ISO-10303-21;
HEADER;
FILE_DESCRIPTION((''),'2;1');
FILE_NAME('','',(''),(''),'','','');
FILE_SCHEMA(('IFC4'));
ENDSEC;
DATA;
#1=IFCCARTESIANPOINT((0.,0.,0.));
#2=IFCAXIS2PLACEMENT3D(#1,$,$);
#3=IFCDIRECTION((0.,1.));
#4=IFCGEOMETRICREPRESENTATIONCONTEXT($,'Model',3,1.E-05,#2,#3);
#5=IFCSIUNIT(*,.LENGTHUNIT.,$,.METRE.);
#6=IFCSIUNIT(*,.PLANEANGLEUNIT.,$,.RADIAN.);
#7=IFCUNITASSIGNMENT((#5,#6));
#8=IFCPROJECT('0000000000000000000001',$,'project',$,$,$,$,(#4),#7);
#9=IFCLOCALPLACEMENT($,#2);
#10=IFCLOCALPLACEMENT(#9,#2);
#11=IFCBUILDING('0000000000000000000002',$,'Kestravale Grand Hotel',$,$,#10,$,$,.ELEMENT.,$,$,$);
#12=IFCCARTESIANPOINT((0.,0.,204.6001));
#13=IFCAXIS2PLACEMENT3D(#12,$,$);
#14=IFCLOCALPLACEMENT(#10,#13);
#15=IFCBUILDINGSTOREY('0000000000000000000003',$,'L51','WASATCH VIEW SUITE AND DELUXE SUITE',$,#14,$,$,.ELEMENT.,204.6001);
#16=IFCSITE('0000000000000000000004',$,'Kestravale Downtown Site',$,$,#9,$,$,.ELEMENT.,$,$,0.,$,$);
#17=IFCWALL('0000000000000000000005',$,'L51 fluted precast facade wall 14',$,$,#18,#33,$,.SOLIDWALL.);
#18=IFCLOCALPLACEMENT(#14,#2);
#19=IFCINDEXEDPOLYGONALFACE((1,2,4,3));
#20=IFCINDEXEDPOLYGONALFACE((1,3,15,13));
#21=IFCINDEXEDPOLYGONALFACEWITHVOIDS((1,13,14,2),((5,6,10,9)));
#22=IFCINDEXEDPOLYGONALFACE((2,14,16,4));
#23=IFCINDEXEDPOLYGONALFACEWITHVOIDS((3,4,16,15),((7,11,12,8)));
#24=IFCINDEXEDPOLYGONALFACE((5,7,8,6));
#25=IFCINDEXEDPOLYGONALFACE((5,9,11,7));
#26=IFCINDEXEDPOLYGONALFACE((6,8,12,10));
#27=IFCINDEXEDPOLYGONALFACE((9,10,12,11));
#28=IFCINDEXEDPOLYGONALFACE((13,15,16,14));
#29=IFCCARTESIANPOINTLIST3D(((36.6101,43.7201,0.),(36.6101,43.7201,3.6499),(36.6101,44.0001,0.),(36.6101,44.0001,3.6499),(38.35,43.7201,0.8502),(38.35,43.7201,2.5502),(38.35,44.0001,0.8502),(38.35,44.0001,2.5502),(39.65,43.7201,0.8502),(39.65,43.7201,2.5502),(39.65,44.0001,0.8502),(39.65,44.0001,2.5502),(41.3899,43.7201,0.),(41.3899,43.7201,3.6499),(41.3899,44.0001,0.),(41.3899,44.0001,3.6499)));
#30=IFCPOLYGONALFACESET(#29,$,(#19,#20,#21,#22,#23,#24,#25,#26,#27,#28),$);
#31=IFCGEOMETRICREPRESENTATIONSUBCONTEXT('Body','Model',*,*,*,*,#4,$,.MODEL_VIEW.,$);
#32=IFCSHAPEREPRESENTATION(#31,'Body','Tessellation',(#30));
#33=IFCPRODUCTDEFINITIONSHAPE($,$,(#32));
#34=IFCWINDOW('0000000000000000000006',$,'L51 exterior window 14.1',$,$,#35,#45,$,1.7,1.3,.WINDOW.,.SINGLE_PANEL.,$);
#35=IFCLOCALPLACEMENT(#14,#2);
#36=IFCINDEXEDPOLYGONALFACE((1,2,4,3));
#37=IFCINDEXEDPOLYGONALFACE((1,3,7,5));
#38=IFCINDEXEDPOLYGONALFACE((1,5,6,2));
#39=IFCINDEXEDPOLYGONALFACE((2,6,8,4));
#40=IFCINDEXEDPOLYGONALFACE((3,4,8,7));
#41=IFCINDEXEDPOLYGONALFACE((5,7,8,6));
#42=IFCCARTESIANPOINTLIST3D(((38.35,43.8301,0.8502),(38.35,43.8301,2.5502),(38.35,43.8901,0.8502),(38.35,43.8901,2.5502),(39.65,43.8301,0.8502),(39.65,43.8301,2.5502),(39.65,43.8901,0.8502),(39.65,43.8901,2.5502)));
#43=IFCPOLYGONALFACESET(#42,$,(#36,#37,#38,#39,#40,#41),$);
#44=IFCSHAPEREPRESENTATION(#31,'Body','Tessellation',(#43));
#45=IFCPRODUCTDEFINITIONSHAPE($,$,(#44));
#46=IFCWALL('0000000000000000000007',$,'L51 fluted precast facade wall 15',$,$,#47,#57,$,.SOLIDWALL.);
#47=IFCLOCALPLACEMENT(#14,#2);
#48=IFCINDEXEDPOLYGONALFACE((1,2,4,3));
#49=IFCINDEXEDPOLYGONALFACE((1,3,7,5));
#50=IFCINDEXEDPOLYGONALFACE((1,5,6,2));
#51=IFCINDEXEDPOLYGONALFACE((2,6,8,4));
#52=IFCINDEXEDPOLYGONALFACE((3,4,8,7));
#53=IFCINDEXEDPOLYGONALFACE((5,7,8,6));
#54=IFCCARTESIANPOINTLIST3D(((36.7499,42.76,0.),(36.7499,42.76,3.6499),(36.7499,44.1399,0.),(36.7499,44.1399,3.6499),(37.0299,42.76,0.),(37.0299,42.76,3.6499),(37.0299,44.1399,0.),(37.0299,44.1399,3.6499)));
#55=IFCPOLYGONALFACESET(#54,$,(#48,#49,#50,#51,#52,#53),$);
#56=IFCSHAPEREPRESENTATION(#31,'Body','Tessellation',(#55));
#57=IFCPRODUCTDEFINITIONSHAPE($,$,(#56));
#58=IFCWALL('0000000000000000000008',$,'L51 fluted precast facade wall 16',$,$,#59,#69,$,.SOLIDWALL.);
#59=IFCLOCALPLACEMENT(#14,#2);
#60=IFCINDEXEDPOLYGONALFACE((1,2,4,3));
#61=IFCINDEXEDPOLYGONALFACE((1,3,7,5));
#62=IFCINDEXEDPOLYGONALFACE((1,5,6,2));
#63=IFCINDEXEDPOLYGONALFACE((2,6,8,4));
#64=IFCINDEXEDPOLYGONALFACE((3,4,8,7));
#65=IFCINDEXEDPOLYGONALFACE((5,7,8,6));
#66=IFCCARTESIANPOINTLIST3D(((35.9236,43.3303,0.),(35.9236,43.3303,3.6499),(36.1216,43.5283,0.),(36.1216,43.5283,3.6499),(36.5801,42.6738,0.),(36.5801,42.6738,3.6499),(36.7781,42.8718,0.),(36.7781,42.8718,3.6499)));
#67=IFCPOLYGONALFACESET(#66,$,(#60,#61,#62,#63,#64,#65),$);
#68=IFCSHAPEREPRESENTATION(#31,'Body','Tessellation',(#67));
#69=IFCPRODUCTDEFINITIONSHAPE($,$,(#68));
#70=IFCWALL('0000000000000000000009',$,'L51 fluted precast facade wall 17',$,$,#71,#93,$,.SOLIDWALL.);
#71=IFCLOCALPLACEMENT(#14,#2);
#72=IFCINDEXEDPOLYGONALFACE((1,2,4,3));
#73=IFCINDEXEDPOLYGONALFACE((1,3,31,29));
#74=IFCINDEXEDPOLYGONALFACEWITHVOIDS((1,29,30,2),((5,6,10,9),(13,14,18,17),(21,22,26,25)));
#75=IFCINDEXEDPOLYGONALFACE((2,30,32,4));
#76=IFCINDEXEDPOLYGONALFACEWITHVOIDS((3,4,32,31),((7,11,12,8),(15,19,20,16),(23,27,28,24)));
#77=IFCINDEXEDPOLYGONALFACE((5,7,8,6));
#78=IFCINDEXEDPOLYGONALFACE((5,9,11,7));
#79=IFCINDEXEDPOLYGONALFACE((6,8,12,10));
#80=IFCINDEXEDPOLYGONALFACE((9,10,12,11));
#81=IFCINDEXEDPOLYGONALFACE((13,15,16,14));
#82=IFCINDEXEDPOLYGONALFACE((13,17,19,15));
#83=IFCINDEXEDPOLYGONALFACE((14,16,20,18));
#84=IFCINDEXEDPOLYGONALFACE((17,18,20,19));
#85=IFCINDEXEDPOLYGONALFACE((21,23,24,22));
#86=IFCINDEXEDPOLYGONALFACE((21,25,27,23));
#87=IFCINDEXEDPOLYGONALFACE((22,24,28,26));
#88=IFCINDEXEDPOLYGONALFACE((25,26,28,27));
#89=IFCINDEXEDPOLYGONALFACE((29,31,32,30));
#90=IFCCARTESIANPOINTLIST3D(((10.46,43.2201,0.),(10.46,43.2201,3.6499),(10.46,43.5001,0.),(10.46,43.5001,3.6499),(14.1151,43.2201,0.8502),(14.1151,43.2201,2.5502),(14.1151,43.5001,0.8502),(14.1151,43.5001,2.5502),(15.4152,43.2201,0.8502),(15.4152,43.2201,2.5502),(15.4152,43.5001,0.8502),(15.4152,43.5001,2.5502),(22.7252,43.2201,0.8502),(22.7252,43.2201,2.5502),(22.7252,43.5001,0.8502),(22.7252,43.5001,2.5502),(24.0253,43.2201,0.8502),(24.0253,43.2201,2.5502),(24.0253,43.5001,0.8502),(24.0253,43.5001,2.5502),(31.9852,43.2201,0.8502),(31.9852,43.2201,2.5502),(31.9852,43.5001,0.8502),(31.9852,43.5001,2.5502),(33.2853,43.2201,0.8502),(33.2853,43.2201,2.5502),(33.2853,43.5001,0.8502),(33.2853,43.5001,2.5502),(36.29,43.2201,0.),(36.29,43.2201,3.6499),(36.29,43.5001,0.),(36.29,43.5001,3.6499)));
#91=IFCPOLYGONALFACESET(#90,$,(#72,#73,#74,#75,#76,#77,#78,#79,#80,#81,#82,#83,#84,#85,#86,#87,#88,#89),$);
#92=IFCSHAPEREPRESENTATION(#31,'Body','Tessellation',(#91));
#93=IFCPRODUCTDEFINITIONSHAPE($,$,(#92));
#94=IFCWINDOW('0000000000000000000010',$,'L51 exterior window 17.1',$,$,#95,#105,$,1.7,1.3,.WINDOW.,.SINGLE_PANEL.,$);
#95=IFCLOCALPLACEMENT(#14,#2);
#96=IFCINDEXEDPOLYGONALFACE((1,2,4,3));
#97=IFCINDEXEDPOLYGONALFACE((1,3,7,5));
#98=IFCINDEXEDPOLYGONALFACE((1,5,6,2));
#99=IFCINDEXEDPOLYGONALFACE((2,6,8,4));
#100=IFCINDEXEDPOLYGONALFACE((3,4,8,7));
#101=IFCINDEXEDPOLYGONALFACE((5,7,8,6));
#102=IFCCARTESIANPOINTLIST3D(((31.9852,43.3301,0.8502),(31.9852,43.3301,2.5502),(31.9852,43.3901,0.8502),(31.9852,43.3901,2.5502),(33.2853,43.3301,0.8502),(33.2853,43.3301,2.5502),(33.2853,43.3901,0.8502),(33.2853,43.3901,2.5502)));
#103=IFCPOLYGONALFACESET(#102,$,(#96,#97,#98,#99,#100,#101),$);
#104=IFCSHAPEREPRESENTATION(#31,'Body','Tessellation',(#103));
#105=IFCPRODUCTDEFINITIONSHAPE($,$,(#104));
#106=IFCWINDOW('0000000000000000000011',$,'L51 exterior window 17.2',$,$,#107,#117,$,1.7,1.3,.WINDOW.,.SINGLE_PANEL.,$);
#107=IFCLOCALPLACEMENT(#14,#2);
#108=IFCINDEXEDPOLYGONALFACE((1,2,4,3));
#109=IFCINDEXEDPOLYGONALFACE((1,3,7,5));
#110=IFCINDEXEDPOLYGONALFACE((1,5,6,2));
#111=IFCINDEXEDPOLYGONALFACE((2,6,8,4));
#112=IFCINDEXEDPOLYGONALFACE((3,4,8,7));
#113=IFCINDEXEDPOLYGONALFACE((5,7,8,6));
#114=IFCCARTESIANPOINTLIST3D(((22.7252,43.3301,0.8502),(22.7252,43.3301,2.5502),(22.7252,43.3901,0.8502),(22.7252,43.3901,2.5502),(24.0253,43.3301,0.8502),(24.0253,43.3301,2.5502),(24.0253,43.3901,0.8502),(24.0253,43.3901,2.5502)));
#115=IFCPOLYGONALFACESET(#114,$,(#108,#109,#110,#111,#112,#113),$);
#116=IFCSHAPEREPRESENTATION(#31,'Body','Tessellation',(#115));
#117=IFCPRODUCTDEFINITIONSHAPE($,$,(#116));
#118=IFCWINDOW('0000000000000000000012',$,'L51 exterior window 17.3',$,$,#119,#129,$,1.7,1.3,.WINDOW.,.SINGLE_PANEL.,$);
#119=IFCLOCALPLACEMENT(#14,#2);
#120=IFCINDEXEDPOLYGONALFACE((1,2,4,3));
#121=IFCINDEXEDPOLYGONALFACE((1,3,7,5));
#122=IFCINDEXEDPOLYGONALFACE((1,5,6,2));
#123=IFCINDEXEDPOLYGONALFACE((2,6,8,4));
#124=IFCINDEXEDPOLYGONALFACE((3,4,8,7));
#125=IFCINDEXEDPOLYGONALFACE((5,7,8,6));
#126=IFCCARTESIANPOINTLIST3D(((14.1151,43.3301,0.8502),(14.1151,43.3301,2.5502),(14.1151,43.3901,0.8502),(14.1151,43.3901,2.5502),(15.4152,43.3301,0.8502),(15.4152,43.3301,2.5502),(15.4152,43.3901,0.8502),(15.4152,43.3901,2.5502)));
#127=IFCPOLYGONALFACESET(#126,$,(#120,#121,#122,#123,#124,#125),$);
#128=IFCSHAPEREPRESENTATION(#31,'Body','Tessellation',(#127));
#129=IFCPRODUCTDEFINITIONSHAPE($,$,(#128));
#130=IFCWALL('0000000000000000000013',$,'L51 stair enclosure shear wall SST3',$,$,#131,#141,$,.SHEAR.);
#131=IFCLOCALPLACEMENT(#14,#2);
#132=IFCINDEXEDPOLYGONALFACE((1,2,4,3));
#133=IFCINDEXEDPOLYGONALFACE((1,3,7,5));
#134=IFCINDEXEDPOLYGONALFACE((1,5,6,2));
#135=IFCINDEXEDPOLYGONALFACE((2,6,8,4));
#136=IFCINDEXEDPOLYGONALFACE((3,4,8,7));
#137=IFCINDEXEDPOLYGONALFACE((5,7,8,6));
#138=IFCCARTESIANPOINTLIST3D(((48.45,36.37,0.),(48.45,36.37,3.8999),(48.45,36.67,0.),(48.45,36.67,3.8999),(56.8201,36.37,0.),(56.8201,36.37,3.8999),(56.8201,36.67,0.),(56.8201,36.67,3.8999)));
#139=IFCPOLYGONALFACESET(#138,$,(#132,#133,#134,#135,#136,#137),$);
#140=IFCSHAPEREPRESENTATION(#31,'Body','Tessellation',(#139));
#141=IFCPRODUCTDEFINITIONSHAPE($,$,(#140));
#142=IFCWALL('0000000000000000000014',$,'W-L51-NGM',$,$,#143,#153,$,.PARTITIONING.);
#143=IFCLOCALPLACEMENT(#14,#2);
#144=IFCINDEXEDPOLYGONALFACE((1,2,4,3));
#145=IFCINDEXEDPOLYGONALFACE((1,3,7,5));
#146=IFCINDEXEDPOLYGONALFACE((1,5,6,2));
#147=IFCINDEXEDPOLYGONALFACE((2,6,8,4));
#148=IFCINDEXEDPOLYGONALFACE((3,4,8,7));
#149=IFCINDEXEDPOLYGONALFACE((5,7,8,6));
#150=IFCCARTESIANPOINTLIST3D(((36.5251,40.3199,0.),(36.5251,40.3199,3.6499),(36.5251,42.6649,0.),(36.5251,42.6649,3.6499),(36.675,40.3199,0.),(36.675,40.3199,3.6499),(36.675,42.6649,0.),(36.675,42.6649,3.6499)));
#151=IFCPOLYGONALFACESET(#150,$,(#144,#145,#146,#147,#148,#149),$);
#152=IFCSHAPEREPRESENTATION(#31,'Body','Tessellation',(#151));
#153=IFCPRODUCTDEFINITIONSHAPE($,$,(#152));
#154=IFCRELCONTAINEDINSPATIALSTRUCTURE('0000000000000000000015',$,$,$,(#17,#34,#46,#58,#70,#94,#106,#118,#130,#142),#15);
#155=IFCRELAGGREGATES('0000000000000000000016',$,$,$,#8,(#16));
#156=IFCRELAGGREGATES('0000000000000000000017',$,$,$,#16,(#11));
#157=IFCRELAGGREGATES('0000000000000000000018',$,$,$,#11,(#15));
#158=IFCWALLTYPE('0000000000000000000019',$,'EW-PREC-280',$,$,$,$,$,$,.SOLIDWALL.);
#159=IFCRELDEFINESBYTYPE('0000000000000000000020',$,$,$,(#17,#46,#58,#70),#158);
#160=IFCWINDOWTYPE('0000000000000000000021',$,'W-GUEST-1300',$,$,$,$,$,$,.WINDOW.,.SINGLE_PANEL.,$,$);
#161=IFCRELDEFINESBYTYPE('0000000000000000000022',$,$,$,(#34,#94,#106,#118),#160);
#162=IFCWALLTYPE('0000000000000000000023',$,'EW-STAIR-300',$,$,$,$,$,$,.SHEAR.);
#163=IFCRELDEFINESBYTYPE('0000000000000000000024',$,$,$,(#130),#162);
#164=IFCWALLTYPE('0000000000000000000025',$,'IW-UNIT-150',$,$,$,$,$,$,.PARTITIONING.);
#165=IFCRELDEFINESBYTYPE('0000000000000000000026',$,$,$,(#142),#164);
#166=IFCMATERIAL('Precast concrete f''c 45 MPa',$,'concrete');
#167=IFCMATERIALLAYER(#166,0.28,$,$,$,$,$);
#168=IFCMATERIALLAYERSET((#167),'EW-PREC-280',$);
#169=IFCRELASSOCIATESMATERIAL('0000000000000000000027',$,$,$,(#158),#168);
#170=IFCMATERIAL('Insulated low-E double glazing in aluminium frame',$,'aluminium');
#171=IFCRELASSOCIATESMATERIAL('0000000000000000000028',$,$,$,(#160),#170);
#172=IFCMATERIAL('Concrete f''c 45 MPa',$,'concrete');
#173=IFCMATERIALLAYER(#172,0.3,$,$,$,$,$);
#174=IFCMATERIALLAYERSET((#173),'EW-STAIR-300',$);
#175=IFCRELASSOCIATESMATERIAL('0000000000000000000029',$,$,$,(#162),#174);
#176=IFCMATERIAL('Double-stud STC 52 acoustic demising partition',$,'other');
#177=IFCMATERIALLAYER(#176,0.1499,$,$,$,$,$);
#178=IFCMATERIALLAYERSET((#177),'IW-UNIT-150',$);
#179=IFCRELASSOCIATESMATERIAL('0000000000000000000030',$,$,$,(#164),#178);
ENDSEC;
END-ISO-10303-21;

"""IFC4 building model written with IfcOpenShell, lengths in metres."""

from ifc_helpers import new_model, si_unit, direction, frame, frame_2d, origin, place, context, subcontext, project, spatial, rectangle, extrude, material, layer, layer_set, type_object, element, fill, save


model = new_model("IFC4")

# Units and contexts
model_context = context("Model", 3, precision=1e-05, world=origin(), true_north=direction((0.0, 1.0)))
body_context = subcontext(model_context, "Body", "Model", "MODEL_VIEW")
ifc_project = project(units=[si_unit("LENGTHUNIT", "METRE"), si_unit("PLANEANGLEUNIT", "RADIAN")], contexts=[model_context])

# Site, building, storey
site_placement = place(None, origin())
site = spatial("IfcSite", under=ifc_project, at=site_placement, Name="Kestravale Downtown Site", CompositionType="ELEMENT", RefElevation=0.0)
building_placement = place(site_placement, origin())
building = spatial("IfcBuilding", under=site, at=building_placement, Name="Kestravale Grand Hotel", CompositionType="ELEMENT")
storey_placement = place(building_placement, frame((0.0, 0.0, 204.6001)))
storey = spatial("IfcBuildingStorey", under=building, at=storey_placement, Name="L51", Description="WASATCH VIEW SUITE AND DELUXE SUITE", CompositionType="ELEMENT", Elevation=204.6001)

# Shared definitions
ifc_material_1 = material(Name="Precast concrete f'c 45 MPa", Category="concrete")
ifc_layer_1 = layer(ifc_material_1, 0.28)
ifc_layer_set_1 = layer_set([ifc_layer_1], Name="EW-PREC-280")
wall_type_1 = type_object("IfcWallType", Name="EW-PREC-280", PredefinedType="SOLIDWALL", material=ifc_layer_set_1)

# Wall, opening, window
ifc_material_2 = material(Name="Insulated low-E double glazing in aluminium frame", Category="aluminium")
window_type = type_object("IfcWindowType", Name="W-GUEST-1300", PartitioningType="SINGLE_PANEL", PredefinedType="WINDOW", material=ifc_material_2)
wall_1_placement = place(storey_placement, frame((41.3899, 43.8601, 0.0), z_axis=(0.0, 0.0, 1.0), x_axis=(-1.0, 0.0, 0.0)))
wall_1 = element("IfcWall", 1, at=wall_1_placement, inside=storey, type_object=wall_type_1, Name="L51 fluted precast facade wall 14", PredefinedType="SOLIDWALL", context=body_context, shape_type="SweptSolid", body=[
    extrude(rectangle(XDim=4.7798, YDim=0.28, at=frame_2d((2.3899, 0.0))), origin(), (0.0, 0.0, 1.0), 3.6499),
])
opening_1_placement = place(wall_1_placement, frame((1.74, 0.0, 0.8501)))
opening_1 = element("IfcOpeningElement", 2, at=opening_1_placement, cuts=wall_1, PredefinedType="OPENING", context=body_context, shape_type="SweptSolid", body=[
    extrude(rectangle(XDim=1.3, YDim=1.7, at=frame_2d((0.6499, 0.8501))), frame((0.0, 0.1499, 0.0), z_axis=(0.0, -1.0, 0.0), x_axis=(1.0, 0.0, 0.0)), (0.0, 0.0, 1.0), 0.3),
])
window_1_placement = place(opening_1_placement, origin())
window_1 = element("IfcWindow", 3, at=window_1_placement, inside=storey, type_object=window_type, Name="L51 exterior window 14.1", OverallHeight=1.7, OverallWidth=1.3, PartitioningType="SINGLE_PANEL", PredefinedType="WINDOW", context=body_context, shape_type="SweptSolid", body=[
    extrude(rectangle(XDim=1.3, YDim=1.7, at=frame_2d((0.6499, 0.8501))), frame((0.0, 0.03, 0.0), z_axis=(0.0, -1.0, 0.0), x_axis=(1.0, 0.0, 0.0)), (0.0, 0.0, 1.0), 0.0601),
])
fill(opening_1, window_1)

# Walls
wall_2_placement = place(storey_placement, frame((36.8899, 44.1399, 0.0), z_axis=(0.0, 0.0, 1.0), x_axis=(0.0, -1.0, 0.0)))
element("IfcWall", 4, at=wall_2_placement, inside=storey, type_object=wall_type_1, Name="L51 fluted precast facade wall 15", PredefinedType="SOLIDWALL", context=body_context, shape_type="SweptSolid", body=[
    extrude(rectangle(XDim=1.3799, YDim=0.28, at=frame_2d((0.6899, 0.0))), origin(), (0.0, 0.0, 1.0), 3.6499),
])
wall_3_placement = place(storey_placement, frame((36.6792, 42.7727, 0.0), z_axis=(0.0, 0.0, 1.0), x_axis=(-0.707107, 0.707107, 0.0)))
element("IfcWall", 5, at=wall_3_placement, inside=storey, type_object=wall_type_1, Name="L51 fluted precast facade wall 16", PredefinedType="SOLIDWALL", context=body_context, shape_type="SweptSolid", body=[
    extrude(rectangle(XDim=0.9285, YDim=0.28, at=frame_2d((0.4644, 0.0))), origin(), (0.0, 0.0, 1.0), 3.6499),
])

# Wall, openings, windows
wall_4_placement = place(storey_placement, frame((36.29, 43.3601, 0.0), z_axis=(0.0, 0.0, 1.0), x_axis=(-1.0, 0.0, 0.0)))
wall_4 = element("IfcWall", 6, at=wall_4_placement, inside=storey, type_object=wall_type_1, Name="L51 fluted precast facade wall 17", PredefinedType="SOLIDWALL", context=body_context, shape_type="SweptSolid", body=[
    extrude(rectangle(XDim=25.8301, YDim=0.28, at=frame_2d((12.915, 0.0))), origin(), (0.0, 0.0, 1.0), 3.6499),
])
opening_2_placement = place(wall_4_placement, frame((3.0049, 0.0, 0.8501)))
opening_2 = element("IfcOpeningElement", 7, at=opening_2_placement, cuts=wall_4, PredefinedType="OPENING", context=body_context, shape_type="SweptSolid", body=[
    extrude(rectangle(XDim=1.3, YDim=1.7, at=frame_2d((0.6499, 0.8501))), frame((0.0, 0.1499, 0.0), z_axis=(0.0, -1.0, 0.0), x_axis=(1.0, 0.0, 0.0)), (0.0, 0.0, 1.0), 0.3),
])
opening_3_placement = place(wall_4_placement, frame((12.2649, 0.0, 0.8501)))
opening_3 = element("IfcOpeningElement", 8, at=opening_3_placement, cuts=wall_4, PredefinedType="OPENING", context=body_context, shape_type="SweptSolid", body=[
    extrude(rectangle(XDim=1.3, YDim=1.7, at=frame_2d((0.6499, 0.8501))), frame((0.0, 0.1499, 0.0), z_axis=(0.0, -1.0, 0.0), x_axis=(1.0, 0.0, 0.0)), (0.0, 0.0, 1.0), 0.3),
])
opening_4_placement = place(wall_4_placement, frame((20.875, 0.0, 0.8501)))
opening_4 = element("IfcOpeningElement", 9, at=opening_4_placement, cuts=wall_4, PredefinedType="OPENING", context=body_context, shape_type="SweptSolid", body=[
    extrude(rectangle(XDim=1.3, YDim=1.7, at=frame_2d((0.6499, 0.8501))), frame((0.0, 0.1499, 0.0), z_axis=(0.0, -1.0, 0.0), x_axis=(1.0, 0.0, 0.0)), (0.0, 0.0, 1.0), 0.3),
])
window_2_placement = place(opening_2_placement, origin())
window_2 = element("IfcWindow", 10, at=window_2_placement, inside=storey, type_object=window_type, Name="L51 exterior window 17.1", OverallHeight=1.7, OverallWidth=1.3, PartitioningType="SINGLE_PANEL", PredefinedType="WINDOW", context=body_context, shape_type="SweptSolid", body=[
    extrude(rectangle(XDim=1.3, YDim=1.7, at=frame_2d((0.6499, 0.8501))), frame((0.0, 0.03, 0.0), z_axis=(0.0, -1.0, 0.0), x_axis=(1.0, 0.0, 0.0)), (0.0, 0.0, 1.0), 0.0601),
])
fill(opening_2, window_2)
window_3_placement = place(opening_3_placement, origin())
window_3 = element("IfcWindow", 11, at=window_3_placement, inside=storey, type_object=window_type, Name="L51 exterior window 17.2", OverallHeight=1.7, OverallWidth=1.3, PartitioningType="SINGLE_PANEL", PredefinedType="WINDOW", context=body_context, shape_type="SweptSolid", body=[
    extrude(rectangle(XDim=1.3, YDim=1.7, at=frame_2d((0.6499, 0.8501))), frame((0.0, 0.03, 0.0), z_axis=(0.0, -1.0, 0.0), x_axis=(1.0, 0.0, 0.0)), (0.0, 0.0, 1.0), 0.0601),
])
fill(opening_3, window_3)
window_4_placement = place(opening_4_placement, origin())
window_4 = element("IfcWindow", 12, at=window_4_placement, inside=storey, type_object=window_type, Name="L51 exterior window 17.3", OverallHeight=1.7, OverallWidth=1.3, PartitioningType="SINGLE_PANEL", PredefinedType="WINDOW", context=body_context, shape_type="SweptSolid", body=[
    extrude(rectangle(XDim=1.3, YDim=1.7, at=frame_2d((0.6499, 0.8501))), frame((0.0, 0.03, 0.0), z_axis=(0.0, -1.0, 0.0), x_axis=(1.0, 0.0, 0.0)), (0.0, 0.0, 1.0), 0.0601),
])
fill(opening_4, window_4)

# Walls
ifc_material_3 = material(Name="Concrete f'c 45 MPa", Category="concrete")
ifc_layer_2 = layer(ifc_material_3, 0.3)
ifc_layer_set_2 = layer_set([ifc_layer_2], Name="EW-STAIR-300")
wall_type_2 = type_object("IfcWallType", Name="EW-STAIR-300", PredefinedType="SHEAR", material=ifc_layer_set_2)
wall_5_placement = place(storey_placement, frame((48.45, 36.52, 0.0), z_axis=(0.0, 0.0, 1.0), x_axis=(1.0, 0.0, 0.0)))
element("IfcWall", 13, at=wall_5_placement, inside=storey, type_object=wall_type_2, Name="L51 stair enclosure shear wall SST3", PredefinedType="SHEAR", context=body_context, shape_type="SweptSolid", body=[
    extrude(rectangle(XDim=8.3701, YDim=0.3, at=frame_2d((4.1851, 0.0))), origin(), (0.0, 0.0, 1.0), 3.8999),
])
ifc_material_4 = material(Name="Double-stud STC 52 acoustic demising partition", Category="other")
ifc_layer_3 = layer(ifc_material_4, 0.1499)
ifc_layer_set_3 = layer_set([ifc_layer_3], Name="IW-UNIT-150")
wall_type_3 = type_object("IfcWallType", Name="IW-UNIT-150", PredefinedType="PARTITIONING", material=ifc_layer_set_3)
wall_6_placement = place(storey_placement, frame((36.6001, 40.3201, 0.0), z_axis=(0.0, 0.0, 1.0), x_axis=(0.0, 1.0, 0.0)))
element("IfcWall", 14, at=wall_6_placement, inside=storey, type_object=wall_type_3, Name="W-L51-NGM", PredefinedType="PARTITIONING", context=body_context, shape_type="SweptSolid", body=[
    extrude(rectangle(XDim=2.345, YDim=0.1499, at=frame_2d((1.1724, 0.0))), origin(), (0.0, 0.0, 1.0), 3.6499),
])

save(model, "model.ifc")
